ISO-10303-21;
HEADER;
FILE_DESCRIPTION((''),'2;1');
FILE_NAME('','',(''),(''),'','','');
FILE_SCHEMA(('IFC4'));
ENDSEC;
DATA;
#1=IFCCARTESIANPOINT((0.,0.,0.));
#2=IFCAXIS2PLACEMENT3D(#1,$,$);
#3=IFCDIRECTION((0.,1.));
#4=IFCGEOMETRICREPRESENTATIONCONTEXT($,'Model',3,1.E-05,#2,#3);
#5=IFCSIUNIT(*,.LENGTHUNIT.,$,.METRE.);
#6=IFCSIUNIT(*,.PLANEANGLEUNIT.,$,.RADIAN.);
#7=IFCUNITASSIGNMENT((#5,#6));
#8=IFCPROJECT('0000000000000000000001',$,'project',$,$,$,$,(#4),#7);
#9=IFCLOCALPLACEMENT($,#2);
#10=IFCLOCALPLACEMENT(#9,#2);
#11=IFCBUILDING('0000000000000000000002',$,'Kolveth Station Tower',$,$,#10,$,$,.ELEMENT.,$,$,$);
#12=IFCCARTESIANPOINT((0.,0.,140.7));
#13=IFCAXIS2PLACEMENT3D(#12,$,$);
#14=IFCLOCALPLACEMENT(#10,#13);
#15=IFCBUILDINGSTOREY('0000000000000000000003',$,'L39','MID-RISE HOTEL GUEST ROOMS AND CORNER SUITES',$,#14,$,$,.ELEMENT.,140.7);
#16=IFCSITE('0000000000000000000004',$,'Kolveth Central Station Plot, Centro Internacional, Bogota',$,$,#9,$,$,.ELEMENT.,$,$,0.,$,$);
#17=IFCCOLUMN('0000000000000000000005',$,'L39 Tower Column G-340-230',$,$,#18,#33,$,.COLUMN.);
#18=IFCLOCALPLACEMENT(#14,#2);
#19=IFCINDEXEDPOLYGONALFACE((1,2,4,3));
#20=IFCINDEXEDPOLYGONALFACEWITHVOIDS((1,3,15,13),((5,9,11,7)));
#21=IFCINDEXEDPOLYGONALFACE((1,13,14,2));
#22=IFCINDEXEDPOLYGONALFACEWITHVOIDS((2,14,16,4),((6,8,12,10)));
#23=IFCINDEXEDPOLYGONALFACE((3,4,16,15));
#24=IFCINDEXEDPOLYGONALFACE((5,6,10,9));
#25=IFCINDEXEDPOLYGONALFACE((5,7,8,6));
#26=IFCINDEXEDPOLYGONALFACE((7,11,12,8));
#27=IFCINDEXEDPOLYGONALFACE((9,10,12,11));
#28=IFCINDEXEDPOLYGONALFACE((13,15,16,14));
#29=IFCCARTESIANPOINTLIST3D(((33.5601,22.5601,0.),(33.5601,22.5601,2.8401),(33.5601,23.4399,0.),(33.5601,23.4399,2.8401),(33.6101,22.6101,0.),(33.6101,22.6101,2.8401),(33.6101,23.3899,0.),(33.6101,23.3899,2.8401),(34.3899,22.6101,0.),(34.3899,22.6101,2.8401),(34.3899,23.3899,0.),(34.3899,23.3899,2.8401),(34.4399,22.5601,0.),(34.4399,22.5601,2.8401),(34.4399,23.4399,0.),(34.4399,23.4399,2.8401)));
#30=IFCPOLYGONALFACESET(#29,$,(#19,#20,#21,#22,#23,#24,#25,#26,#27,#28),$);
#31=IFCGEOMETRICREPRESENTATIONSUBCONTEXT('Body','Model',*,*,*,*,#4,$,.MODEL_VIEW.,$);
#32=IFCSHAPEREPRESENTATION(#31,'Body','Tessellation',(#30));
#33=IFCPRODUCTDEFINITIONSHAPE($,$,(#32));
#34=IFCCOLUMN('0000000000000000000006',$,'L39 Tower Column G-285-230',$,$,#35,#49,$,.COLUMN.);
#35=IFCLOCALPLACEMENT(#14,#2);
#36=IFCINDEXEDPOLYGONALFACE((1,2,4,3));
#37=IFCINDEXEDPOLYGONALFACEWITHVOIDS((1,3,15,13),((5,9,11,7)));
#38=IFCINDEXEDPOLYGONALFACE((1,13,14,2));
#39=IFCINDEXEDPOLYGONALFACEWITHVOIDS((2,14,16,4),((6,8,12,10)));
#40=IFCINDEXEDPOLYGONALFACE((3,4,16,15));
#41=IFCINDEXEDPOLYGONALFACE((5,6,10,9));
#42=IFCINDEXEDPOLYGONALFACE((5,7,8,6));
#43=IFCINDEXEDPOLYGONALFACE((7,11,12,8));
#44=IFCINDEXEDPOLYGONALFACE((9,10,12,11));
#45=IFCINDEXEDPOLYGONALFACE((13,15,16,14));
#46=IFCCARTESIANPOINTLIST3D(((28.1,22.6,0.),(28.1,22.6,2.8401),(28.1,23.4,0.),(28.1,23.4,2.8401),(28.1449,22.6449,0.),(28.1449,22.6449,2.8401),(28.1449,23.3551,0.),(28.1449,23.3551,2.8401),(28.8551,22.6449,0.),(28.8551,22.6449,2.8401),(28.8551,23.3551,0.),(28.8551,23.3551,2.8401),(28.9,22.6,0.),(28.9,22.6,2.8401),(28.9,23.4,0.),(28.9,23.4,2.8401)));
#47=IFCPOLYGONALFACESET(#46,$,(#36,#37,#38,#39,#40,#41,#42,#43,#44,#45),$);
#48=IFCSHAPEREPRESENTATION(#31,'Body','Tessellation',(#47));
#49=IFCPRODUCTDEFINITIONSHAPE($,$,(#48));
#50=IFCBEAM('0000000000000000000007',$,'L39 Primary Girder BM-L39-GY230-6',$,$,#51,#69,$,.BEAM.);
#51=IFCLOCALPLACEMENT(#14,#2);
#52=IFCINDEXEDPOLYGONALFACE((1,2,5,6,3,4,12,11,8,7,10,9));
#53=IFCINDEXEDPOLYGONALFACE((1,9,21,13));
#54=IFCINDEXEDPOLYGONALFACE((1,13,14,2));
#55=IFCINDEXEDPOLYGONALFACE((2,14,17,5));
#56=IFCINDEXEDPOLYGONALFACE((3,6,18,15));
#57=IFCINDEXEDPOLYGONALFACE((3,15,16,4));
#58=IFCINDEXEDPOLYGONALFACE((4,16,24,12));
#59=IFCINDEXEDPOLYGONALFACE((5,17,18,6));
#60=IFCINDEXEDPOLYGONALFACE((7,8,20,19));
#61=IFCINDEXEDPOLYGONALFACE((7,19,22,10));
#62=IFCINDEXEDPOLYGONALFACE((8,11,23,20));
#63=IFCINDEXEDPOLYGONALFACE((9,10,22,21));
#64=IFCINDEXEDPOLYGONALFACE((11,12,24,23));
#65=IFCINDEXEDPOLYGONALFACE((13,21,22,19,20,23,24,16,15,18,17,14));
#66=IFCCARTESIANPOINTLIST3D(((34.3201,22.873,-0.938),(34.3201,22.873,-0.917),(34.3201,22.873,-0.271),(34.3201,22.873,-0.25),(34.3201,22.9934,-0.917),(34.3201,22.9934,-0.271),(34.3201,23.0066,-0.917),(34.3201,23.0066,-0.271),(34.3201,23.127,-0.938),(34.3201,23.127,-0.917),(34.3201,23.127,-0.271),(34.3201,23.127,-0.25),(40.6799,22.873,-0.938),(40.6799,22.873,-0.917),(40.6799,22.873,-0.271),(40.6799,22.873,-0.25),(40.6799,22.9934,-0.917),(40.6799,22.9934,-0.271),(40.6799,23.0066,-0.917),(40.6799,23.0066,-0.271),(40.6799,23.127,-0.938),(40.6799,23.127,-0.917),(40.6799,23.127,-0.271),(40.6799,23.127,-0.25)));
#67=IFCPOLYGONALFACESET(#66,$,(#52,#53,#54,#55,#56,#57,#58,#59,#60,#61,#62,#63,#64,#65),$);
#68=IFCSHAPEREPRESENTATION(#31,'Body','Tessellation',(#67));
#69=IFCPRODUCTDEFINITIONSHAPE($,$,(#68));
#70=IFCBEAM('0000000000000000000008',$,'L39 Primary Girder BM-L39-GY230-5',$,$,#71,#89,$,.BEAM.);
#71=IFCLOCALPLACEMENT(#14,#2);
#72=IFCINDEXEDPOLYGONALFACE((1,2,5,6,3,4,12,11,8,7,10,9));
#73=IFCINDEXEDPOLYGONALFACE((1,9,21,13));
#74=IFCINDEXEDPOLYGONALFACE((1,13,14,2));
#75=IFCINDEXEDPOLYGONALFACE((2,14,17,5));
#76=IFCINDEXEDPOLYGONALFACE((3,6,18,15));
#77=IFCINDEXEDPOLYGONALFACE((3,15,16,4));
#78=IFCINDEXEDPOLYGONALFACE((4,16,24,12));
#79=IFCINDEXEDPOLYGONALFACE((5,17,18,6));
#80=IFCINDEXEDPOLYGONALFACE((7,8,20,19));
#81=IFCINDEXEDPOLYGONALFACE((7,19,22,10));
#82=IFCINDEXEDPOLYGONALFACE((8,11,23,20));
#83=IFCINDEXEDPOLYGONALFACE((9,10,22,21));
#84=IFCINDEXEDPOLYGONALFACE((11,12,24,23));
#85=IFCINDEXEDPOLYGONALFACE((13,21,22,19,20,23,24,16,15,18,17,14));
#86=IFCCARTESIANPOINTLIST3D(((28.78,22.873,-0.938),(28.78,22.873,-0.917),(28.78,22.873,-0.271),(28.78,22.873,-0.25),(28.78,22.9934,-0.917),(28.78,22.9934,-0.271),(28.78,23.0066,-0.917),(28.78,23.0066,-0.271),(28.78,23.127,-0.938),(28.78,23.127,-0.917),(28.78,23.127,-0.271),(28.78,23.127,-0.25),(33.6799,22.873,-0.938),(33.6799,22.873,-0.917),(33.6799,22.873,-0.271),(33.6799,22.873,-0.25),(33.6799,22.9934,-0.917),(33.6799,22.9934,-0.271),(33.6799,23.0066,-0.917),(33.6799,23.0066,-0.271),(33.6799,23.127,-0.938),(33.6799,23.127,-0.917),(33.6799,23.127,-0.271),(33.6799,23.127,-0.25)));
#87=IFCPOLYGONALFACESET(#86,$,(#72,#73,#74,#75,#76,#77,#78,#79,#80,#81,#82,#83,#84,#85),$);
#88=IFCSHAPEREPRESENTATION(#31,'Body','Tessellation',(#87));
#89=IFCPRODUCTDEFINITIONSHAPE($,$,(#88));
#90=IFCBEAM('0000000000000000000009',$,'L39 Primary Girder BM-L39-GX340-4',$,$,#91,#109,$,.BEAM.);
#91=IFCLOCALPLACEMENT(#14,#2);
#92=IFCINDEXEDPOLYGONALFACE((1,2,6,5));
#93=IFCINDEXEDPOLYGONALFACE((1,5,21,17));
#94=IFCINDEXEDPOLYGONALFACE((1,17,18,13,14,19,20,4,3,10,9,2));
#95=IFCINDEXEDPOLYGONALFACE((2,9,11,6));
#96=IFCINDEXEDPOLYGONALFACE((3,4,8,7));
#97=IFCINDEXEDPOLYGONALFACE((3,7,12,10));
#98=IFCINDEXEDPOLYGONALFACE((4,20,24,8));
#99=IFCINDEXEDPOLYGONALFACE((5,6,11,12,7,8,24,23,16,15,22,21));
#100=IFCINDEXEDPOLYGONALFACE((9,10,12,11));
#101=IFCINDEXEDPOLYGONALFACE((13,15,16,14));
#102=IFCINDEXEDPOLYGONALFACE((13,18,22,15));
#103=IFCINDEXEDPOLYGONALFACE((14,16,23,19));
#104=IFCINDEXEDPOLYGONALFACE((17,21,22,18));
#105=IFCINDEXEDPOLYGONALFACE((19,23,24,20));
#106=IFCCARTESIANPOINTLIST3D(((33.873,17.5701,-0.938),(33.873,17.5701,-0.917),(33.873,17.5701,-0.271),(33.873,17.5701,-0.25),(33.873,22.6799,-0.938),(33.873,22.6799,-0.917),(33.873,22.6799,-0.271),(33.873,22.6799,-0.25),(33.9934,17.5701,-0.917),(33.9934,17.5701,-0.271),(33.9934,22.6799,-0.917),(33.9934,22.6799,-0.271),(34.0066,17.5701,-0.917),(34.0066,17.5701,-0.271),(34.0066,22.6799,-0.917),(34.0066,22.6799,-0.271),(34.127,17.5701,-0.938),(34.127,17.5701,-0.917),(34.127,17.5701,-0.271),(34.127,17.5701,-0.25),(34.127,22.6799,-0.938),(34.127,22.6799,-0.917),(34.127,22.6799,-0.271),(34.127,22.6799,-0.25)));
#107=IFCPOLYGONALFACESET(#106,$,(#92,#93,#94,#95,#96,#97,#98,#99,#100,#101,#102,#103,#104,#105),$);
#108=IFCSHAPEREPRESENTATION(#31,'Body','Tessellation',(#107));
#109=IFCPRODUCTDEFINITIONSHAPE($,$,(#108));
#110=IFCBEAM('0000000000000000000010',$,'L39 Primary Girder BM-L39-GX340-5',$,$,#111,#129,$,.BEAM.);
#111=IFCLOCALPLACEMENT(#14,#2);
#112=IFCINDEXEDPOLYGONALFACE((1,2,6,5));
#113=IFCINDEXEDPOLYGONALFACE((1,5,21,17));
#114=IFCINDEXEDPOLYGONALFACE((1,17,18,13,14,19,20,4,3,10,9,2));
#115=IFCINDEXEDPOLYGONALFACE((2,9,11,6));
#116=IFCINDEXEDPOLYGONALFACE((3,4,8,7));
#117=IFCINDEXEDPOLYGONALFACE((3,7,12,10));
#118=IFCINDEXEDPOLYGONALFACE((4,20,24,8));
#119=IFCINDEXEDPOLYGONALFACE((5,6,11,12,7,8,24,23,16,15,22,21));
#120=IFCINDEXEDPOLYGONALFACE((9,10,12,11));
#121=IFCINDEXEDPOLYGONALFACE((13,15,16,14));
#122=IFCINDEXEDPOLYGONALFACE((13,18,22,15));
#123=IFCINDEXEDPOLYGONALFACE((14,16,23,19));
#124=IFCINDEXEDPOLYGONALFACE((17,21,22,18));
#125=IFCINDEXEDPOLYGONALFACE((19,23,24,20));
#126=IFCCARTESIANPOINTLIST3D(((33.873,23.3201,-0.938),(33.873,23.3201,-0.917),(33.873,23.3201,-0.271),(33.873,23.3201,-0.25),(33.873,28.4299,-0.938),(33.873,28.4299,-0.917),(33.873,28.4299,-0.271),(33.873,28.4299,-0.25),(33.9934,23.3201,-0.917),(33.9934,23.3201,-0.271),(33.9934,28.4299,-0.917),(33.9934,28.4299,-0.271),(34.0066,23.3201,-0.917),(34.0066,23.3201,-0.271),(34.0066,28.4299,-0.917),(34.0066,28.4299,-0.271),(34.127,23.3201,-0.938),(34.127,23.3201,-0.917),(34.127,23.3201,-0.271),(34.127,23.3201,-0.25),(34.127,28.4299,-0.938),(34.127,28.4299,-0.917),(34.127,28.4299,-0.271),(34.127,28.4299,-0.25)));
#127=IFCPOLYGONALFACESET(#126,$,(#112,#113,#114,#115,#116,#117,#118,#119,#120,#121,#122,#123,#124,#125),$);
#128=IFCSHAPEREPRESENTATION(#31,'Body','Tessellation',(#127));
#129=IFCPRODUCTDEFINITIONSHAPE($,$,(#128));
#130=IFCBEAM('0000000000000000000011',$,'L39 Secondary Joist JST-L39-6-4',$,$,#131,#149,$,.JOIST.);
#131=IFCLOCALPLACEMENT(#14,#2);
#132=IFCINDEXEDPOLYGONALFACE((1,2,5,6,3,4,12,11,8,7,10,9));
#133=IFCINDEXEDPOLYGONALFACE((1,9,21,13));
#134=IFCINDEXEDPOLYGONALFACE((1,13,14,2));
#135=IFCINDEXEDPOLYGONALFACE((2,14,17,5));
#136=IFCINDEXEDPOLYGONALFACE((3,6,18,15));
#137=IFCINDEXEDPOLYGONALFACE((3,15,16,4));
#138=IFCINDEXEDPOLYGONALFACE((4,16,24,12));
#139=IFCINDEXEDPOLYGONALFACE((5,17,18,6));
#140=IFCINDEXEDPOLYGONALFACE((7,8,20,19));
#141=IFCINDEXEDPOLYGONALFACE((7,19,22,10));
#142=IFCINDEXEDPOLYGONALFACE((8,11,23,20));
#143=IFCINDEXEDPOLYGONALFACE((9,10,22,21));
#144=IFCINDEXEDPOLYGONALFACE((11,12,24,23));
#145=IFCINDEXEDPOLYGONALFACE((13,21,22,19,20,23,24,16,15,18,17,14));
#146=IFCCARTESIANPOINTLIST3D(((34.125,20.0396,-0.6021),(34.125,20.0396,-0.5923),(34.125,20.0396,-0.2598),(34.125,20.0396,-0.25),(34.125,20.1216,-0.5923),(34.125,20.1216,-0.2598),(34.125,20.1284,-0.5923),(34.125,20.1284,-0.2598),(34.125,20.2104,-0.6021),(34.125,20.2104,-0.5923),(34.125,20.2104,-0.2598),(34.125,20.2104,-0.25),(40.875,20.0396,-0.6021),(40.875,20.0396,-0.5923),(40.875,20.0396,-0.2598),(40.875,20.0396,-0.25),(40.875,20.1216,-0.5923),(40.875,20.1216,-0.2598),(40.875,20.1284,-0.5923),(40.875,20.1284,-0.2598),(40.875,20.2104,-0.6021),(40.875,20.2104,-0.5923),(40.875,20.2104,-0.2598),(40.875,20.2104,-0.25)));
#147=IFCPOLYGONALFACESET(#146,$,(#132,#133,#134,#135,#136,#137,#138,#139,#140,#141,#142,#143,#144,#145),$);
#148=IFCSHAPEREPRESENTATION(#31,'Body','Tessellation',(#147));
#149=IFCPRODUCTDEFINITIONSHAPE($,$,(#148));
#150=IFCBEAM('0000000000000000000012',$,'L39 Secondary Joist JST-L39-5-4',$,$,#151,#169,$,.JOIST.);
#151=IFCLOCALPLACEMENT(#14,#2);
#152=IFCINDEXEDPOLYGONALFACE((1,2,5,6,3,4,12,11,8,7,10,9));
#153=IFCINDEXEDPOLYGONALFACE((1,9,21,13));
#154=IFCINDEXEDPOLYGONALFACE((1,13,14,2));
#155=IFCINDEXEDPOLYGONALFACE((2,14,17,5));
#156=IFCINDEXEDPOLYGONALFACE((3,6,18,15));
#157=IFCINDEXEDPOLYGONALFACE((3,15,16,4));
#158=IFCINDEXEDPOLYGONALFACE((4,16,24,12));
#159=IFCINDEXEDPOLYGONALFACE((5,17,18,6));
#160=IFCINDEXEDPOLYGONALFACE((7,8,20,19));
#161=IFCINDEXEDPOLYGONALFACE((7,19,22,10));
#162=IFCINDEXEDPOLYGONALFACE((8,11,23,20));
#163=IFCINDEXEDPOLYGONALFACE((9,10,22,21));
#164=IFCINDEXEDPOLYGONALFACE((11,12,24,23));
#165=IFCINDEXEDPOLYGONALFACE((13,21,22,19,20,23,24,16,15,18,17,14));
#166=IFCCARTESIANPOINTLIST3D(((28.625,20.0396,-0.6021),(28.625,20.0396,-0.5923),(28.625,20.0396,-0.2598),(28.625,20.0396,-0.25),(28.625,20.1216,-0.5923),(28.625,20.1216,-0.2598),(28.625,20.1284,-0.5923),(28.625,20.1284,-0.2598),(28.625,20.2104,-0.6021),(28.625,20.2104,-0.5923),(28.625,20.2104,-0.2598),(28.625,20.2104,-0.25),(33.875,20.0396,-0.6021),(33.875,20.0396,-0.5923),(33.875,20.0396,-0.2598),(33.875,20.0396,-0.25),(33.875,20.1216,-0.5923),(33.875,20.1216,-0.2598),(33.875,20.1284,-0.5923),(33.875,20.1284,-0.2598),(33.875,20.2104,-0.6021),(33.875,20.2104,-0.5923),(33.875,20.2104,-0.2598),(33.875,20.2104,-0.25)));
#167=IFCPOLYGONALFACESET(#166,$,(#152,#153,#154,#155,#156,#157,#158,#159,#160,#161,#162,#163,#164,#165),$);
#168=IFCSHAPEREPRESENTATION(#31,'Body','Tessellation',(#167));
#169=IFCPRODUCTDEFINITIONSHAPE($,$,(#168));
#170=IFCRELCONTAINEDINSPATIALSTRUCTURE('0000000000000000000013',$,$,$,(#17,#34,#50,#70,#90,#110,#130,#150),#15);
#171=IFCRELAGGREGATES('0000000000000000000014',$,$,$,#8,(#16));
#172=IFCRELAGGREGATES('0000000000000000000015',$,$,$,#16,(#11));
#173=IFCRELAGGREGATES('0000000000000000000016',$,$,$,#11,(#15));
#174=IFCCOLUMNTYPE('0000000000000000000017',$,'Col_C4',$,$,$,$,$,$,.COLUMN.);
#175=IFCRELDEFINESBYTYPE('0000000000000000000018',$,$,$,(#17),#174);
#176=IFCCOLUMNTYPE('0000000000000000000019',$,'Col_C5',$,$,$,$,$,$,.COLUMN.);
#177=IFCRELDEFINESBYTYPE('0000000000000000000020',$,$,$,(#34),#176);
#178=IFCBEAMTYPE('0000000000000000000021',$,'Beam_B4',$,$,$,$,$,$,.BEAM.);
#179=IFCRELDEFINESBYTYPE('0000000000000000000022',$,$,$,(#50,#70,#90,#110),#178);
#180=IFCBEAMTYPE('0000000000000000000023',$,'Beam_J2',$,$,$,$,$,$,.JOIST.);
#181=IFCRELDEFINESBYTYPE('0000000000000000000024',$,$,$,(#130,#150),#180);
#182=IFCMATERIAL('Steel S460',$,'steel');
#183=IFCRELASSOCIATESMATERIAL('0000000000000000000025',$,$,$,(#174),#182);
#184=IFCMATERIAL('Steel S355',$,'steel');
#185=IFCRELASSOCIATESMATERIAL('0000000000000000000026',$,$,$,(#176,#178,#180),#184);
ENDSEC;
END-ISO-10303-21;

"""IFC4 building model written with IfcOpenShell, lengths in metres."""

from ifc_helpers import new_model, si_unit, direction, frame, origin, origin_2d, place, context, subcontext, project, spatial, hollow_rectangle, i_section, extrude, source, transform, mapped, material, material_profile, profile_set, type_object, element, save


model = new_model("IFC4")

# Units and contexts
model_context = context("Model", 3, precision=1e-05, world=origin(), true_north=direction((0.0, 1.0)))
body_context = subcontext(model_context, "Body", "Model", "MODEL_VIEW")
ifc_project = project(units=[si_unit("LENGTHUNIT", "METRE"), si_unit("PLANEANGLEUNIT", "RADIAN")], contexts=[model_context])

# Site, building, storey
site_placement = place(None, origin())
site = spatial("IfcSite", under=ifc_project, at=site_placement, Name="Kolveth Central Station Plot, Centro Internacional, Bogota", CompositionType="ELEMENT", RefElevation=0.0)
building_placement = place(site_placement, origin())
building = spatial("IfcBuilding", under=site, at=building_placement, Name="Kolveth Station Tower", CompositionType="ELEMENT")
storey_placement = place(building_placement, frame((0.0, 0.0, 140.7)))
storey = spatial("IfcBuildingStorey", under=building, at=storey_placement, Name="L39", Description="MID-RISE HOTEL GUEST ROOMS AND CORNER SUITES", CompositionType="ELEMENT", Elevation=140.7)

# Columns
ifc_material_1 = material(Name="Steel S460", Category="steel")
ifc_material_profile_1 = material_profile(ifc_material_1, hollow_rectangle(XDim=0.8799, YDim=0.8799, WallThickness=0.05, at=origin_2d()), Name="BOX880x880x50")
ifc_profile_set_1 = profile_set([ifc_material_profile_1], Name="Steel S460")
column_type_1 = type_object("IfcColumnType", Name="Col_C4", PredefinedType="COLUMN", material=ifc_profile_set_1)
shared_shape_1 = source(origin(), body_context, "Body", "SweptSolid", [
    extrude(hollow_rectangle(XDim=0.8799, YDim=0.8799, WallThickness=0.05, at=origin_2d()), origin(), (0.0, 0.0, 1.0), 2.8401),
])
column_1_placement = place(storey_placement, frame((34.0, 23.0, 0.0), z_axis=(0.0, 0.0, 1.0), x_axis=(1.0, 0.0, 0.0)))
element("IfcColumn", 1, at=column_1_placement, inside=storey, type_object=column_type_1, Name="L39 Tower Column G-340-230", PredefinedType="COLUMN", context=body_context, shape_type="MappedRepresentation", body=[
    mapped(shared_shape_1, transform((0.0, 0.0, 0.0), x_axis=(1.0, 0.0, 0.0), y_axis=(0.0, 1.0, 0.0), z_axis=(0.0, 0.0, 1.0), scale=1.0)),
])
ifc_material_2 = material(Name="Steel S355", Category="steel")
ifc_material_profile_2 = material_profile(ifc_material_2, hollow_rectangle(XDim=0.8, YDim=0.8, WallThickness=0.0449, at=origin_2d()), Name="BOX800x800x45")
ifc_profile_set_2 = profile_set([ifc_material_profile_2], Name="Steel S355")
column_type_2 = type_object("IfcColumnType", Name="Col_C5", PredefinedType="COLUMN", material=ifc_profile_set_2)
shared_shape_2 = source(origin(), body_context, "Body", "SweptSolid", [
    extrude(hollow_rectangle(XDim=0.8, YDim=0.8, WallThickness=0.0449, at=origin_2d()), origin(), (0.0, 0.0, 1.0), 2.8401),
])
column_2_placement = place(storey_placement, frame((28.5, 23.0, 0.0), z_axis=(0.0, 0.0, 1.0), x_axis=(1.0, 0.0, 0.0)))
element("IfcColumn", 2, at=column_2_placement, inside=storey, type_object=column_type_2, Name="L39 Tower Column G-285-230", PredefinedType="COLUMN", context=body_context, shape_type="MappedRepresentation", body=[
    mapped(shared_shape_2, transform((0.0, 0.0, 0.0), x_axis=(1.0, 0.0, 0.0), y_axis=(0.0, 1.0, 0.0), z_axis=(0.0, 0.0, 1.0), scale=1.0)),
])

# Beams
ifc_material_profile_3 = material_profile(ifc_material_2, i_section(OverallWidth=0.2539, OverallDepth=0.688, WebThickness=0.0132, FlangeThickness=0.021, at=origin_2d()), Name="W690x152")
ifc_profile_set_3 = profile_set([ifc_material_profile_3], Name="Steel S355")
beam_type_1 = type_object("IfcBeamType", Name="Beam_B4", PredefinedType="BEAM", material=ifc_profile_set_3)
shared_shape_3 = source(origin(), body_context, "Body", "SweptSolid", [
    extrude(i_section(OverallWidth=0.2539, OverallDepth=0.688, WebThickness=0.0132, FlangeThickness=0.021, at=origin_2d()), origin(), (0.0, 0.0, 1.0), 6.3599),
])
beam_1_placement = place(storey_placement, frame((34.3201, 23.0, -0.594), z_axis=(1.0, 0.0, 0.0), x_axis=(0.0, 1.0, 0.0)))
element("IfcBeam", 3, at=beam_1_placement, inside=storey, type_object=beam_type_1, Name="L39 Primary Girder BM-L39-GY230-6", PredefinedType="BEAM", context=body_context, shape_type="MappedRepresentation", body=[
    mapped(shared_shape_3, transform((0.0, 0.0, 0.0), x_axis=(1.0, 0.0, 0.0), y_axis=(0.0, 1.0, 0.0), z_axis=(0.0, 0.0, 1.0), scale=1.0)),
])
shared_shape_4 = source(origin(), body_context, "Body", "SweptSolid", [
    extrude(i_section(OverallWidth=0.2539, OverallDepth=0.688, WebThickness=0.0132, FlangeThickness=0.021, at=origin_2d()), origin(), (0.0, 0.0, 1.0), 4.8999),
])
beam_2_placement = place(storey_placement, frame((28.78, 23.0, -0.594), z_axis=(1.0, 0.0, 0.0), x_axis=(0.0, 1.0, 0.0)))
element("IfcBeam", 4, at=beam_2_placement, inside=storey, type_object=beam_type_1, Name="L39 Primary Girder BM-L39-GY230-5", PredefinedType="BEAM", context=body_context, shape_type="MappedRepresentation", body=[
    mapped(shared_shape_4, transform((0.0, 0.0, 0.0), x_axis=(1.0, 0.0, 0.0), y_axis=(0.0, 1.0, 0.0), z_axis=(0.0, 0.0, 1.0), scale=1.0)),
])
shared_shape_5 = source(origin(), body_context, "Body", "SweptSolid", [
    extrude(i_section(OverallWidth=0.2539, OverallDepth=0.688, WebThickness=0.0132, FlangeThickness=0.021, at=origin_2d()), origin(), (0.0, 0.0, 1.0), 5.1099),
])
for number, where, z_axis, x_axis, name in (
    (5, (34.0, 17.5701, -0.594), (0.0, 1.0, 0.0), (-1.0, 0.0, 0.0), "L39 Primary Girder BM-L39-GX340-4"),
    (6, (34.0, 23.3201, -0.594), (0.0, 1.0, 0.0), (-1.0, 0.0, 0.0), "L39 Primary Girder BM-L39-GX340-5"),
):
    element("IfcBeam", number, at=place(storey_placement, frame(where, z_axis=z_axis, x_axis=x_axis)), inside=storey, type_object=beam_type_1, Name=name, PredefinedType="BEAM", context=body_context, shape_type="MappedRepresentation", body=[
        mapped(shared_shape_5, transform((0.0, 0.0, 0.0), x_axis=(1.0, 0.0, 0.0), y_axis=(0.0, 1.0, 0.0), z_axis=(0.0, 0.0, 1.0), scale=1.0)),
    ])
ifc_material_profile_4 = material_profile(ifc_material_2, i_section(OverallWidth=0.1709, OverallDepth=0.3521, WebThickness=0.0068, FlangeThickness=0.0098, at=origin_2d()), Name="W360x44")
ifc_profile_set_4 = profile_set([ifc_material_profile_4], Name="Steel S355")
beam_type_2 = type_object("IfcBeamType", Name="Beam_J2", PredefinedType="JOIST", material=ifc_profile_set_4)
shared_shape_6 = source(origin(), body_context, "Body", "SweptSolid", [
    extrude(i_section(OverallWidth=0.1709, OverallDepth=0.3521, WebThickness=0.0068, FlangeThickness=0.0098, at=origin_2d()), origin(), (0.0, 0.0, 1.0), 6.75),
])
beam_3_placement = place(storey_placement, frame((34.125, 20.125, -0.426), z_axis=(1.0, 0.0, 0.0), x_axis=(0.0, 1.0, 0.0)))
element("IfcBeam", 7, at=beam_3_placement, inside=storey, type_object=beam_type_2, Name="L39 Secondary Joist JST-L39-6-4", PredefinedType="JOIST", context=body_context, shape_type="MappedRepresentation", body=[
    mapped(shared_shape_6, transform((0.0, 0.0, 0.0), x_axis=(1.0, 0.0, 0.0), y_axis=(0.0, 1.0, 0.0), z_axis=(0.0, 0.0, 1.0), scale=1.0)),
])
shared_shape_7 = source(origin(), body_context, "Body", "SweptSolid", [
    extrude(i_section(OverallWidth=0.1709, OverallDepth=0.3521, WebThickness=0.0068, FlangeThickness=0.0098, at=origin_2d()), origin(), (0.0, 0.0, 1.0), 5.25),
])
for number, where, z_axis, x_axis, name in (
    (8, (28.625, 20.125, -0.426), (1.0, 0.0, 0.0), (0.0, 1.0, 0.0), "L39 Secondary Joist JST-L39-5-4"),
):
    element("IfcBeam", number, at=place(storey_placement, frame(where, z_axis=z_axis, x_axis=x_axis)), inside=storey, type_object=beam_type_2, Name=name, PredefinedType="JOIST", context=body_context, shape_type="MappedRepresentation", body=[
        mapped(shared_shape_7, transform((0.0, 0.0, 0.0), x_axis=(1.0, 0.0, 0.0), y_axis=(0.0, 1.0, 0.0), z_axis=(0.0, 0.0, 1.0), scale=1.0)),
    ])

save(model, "model.ifc")
